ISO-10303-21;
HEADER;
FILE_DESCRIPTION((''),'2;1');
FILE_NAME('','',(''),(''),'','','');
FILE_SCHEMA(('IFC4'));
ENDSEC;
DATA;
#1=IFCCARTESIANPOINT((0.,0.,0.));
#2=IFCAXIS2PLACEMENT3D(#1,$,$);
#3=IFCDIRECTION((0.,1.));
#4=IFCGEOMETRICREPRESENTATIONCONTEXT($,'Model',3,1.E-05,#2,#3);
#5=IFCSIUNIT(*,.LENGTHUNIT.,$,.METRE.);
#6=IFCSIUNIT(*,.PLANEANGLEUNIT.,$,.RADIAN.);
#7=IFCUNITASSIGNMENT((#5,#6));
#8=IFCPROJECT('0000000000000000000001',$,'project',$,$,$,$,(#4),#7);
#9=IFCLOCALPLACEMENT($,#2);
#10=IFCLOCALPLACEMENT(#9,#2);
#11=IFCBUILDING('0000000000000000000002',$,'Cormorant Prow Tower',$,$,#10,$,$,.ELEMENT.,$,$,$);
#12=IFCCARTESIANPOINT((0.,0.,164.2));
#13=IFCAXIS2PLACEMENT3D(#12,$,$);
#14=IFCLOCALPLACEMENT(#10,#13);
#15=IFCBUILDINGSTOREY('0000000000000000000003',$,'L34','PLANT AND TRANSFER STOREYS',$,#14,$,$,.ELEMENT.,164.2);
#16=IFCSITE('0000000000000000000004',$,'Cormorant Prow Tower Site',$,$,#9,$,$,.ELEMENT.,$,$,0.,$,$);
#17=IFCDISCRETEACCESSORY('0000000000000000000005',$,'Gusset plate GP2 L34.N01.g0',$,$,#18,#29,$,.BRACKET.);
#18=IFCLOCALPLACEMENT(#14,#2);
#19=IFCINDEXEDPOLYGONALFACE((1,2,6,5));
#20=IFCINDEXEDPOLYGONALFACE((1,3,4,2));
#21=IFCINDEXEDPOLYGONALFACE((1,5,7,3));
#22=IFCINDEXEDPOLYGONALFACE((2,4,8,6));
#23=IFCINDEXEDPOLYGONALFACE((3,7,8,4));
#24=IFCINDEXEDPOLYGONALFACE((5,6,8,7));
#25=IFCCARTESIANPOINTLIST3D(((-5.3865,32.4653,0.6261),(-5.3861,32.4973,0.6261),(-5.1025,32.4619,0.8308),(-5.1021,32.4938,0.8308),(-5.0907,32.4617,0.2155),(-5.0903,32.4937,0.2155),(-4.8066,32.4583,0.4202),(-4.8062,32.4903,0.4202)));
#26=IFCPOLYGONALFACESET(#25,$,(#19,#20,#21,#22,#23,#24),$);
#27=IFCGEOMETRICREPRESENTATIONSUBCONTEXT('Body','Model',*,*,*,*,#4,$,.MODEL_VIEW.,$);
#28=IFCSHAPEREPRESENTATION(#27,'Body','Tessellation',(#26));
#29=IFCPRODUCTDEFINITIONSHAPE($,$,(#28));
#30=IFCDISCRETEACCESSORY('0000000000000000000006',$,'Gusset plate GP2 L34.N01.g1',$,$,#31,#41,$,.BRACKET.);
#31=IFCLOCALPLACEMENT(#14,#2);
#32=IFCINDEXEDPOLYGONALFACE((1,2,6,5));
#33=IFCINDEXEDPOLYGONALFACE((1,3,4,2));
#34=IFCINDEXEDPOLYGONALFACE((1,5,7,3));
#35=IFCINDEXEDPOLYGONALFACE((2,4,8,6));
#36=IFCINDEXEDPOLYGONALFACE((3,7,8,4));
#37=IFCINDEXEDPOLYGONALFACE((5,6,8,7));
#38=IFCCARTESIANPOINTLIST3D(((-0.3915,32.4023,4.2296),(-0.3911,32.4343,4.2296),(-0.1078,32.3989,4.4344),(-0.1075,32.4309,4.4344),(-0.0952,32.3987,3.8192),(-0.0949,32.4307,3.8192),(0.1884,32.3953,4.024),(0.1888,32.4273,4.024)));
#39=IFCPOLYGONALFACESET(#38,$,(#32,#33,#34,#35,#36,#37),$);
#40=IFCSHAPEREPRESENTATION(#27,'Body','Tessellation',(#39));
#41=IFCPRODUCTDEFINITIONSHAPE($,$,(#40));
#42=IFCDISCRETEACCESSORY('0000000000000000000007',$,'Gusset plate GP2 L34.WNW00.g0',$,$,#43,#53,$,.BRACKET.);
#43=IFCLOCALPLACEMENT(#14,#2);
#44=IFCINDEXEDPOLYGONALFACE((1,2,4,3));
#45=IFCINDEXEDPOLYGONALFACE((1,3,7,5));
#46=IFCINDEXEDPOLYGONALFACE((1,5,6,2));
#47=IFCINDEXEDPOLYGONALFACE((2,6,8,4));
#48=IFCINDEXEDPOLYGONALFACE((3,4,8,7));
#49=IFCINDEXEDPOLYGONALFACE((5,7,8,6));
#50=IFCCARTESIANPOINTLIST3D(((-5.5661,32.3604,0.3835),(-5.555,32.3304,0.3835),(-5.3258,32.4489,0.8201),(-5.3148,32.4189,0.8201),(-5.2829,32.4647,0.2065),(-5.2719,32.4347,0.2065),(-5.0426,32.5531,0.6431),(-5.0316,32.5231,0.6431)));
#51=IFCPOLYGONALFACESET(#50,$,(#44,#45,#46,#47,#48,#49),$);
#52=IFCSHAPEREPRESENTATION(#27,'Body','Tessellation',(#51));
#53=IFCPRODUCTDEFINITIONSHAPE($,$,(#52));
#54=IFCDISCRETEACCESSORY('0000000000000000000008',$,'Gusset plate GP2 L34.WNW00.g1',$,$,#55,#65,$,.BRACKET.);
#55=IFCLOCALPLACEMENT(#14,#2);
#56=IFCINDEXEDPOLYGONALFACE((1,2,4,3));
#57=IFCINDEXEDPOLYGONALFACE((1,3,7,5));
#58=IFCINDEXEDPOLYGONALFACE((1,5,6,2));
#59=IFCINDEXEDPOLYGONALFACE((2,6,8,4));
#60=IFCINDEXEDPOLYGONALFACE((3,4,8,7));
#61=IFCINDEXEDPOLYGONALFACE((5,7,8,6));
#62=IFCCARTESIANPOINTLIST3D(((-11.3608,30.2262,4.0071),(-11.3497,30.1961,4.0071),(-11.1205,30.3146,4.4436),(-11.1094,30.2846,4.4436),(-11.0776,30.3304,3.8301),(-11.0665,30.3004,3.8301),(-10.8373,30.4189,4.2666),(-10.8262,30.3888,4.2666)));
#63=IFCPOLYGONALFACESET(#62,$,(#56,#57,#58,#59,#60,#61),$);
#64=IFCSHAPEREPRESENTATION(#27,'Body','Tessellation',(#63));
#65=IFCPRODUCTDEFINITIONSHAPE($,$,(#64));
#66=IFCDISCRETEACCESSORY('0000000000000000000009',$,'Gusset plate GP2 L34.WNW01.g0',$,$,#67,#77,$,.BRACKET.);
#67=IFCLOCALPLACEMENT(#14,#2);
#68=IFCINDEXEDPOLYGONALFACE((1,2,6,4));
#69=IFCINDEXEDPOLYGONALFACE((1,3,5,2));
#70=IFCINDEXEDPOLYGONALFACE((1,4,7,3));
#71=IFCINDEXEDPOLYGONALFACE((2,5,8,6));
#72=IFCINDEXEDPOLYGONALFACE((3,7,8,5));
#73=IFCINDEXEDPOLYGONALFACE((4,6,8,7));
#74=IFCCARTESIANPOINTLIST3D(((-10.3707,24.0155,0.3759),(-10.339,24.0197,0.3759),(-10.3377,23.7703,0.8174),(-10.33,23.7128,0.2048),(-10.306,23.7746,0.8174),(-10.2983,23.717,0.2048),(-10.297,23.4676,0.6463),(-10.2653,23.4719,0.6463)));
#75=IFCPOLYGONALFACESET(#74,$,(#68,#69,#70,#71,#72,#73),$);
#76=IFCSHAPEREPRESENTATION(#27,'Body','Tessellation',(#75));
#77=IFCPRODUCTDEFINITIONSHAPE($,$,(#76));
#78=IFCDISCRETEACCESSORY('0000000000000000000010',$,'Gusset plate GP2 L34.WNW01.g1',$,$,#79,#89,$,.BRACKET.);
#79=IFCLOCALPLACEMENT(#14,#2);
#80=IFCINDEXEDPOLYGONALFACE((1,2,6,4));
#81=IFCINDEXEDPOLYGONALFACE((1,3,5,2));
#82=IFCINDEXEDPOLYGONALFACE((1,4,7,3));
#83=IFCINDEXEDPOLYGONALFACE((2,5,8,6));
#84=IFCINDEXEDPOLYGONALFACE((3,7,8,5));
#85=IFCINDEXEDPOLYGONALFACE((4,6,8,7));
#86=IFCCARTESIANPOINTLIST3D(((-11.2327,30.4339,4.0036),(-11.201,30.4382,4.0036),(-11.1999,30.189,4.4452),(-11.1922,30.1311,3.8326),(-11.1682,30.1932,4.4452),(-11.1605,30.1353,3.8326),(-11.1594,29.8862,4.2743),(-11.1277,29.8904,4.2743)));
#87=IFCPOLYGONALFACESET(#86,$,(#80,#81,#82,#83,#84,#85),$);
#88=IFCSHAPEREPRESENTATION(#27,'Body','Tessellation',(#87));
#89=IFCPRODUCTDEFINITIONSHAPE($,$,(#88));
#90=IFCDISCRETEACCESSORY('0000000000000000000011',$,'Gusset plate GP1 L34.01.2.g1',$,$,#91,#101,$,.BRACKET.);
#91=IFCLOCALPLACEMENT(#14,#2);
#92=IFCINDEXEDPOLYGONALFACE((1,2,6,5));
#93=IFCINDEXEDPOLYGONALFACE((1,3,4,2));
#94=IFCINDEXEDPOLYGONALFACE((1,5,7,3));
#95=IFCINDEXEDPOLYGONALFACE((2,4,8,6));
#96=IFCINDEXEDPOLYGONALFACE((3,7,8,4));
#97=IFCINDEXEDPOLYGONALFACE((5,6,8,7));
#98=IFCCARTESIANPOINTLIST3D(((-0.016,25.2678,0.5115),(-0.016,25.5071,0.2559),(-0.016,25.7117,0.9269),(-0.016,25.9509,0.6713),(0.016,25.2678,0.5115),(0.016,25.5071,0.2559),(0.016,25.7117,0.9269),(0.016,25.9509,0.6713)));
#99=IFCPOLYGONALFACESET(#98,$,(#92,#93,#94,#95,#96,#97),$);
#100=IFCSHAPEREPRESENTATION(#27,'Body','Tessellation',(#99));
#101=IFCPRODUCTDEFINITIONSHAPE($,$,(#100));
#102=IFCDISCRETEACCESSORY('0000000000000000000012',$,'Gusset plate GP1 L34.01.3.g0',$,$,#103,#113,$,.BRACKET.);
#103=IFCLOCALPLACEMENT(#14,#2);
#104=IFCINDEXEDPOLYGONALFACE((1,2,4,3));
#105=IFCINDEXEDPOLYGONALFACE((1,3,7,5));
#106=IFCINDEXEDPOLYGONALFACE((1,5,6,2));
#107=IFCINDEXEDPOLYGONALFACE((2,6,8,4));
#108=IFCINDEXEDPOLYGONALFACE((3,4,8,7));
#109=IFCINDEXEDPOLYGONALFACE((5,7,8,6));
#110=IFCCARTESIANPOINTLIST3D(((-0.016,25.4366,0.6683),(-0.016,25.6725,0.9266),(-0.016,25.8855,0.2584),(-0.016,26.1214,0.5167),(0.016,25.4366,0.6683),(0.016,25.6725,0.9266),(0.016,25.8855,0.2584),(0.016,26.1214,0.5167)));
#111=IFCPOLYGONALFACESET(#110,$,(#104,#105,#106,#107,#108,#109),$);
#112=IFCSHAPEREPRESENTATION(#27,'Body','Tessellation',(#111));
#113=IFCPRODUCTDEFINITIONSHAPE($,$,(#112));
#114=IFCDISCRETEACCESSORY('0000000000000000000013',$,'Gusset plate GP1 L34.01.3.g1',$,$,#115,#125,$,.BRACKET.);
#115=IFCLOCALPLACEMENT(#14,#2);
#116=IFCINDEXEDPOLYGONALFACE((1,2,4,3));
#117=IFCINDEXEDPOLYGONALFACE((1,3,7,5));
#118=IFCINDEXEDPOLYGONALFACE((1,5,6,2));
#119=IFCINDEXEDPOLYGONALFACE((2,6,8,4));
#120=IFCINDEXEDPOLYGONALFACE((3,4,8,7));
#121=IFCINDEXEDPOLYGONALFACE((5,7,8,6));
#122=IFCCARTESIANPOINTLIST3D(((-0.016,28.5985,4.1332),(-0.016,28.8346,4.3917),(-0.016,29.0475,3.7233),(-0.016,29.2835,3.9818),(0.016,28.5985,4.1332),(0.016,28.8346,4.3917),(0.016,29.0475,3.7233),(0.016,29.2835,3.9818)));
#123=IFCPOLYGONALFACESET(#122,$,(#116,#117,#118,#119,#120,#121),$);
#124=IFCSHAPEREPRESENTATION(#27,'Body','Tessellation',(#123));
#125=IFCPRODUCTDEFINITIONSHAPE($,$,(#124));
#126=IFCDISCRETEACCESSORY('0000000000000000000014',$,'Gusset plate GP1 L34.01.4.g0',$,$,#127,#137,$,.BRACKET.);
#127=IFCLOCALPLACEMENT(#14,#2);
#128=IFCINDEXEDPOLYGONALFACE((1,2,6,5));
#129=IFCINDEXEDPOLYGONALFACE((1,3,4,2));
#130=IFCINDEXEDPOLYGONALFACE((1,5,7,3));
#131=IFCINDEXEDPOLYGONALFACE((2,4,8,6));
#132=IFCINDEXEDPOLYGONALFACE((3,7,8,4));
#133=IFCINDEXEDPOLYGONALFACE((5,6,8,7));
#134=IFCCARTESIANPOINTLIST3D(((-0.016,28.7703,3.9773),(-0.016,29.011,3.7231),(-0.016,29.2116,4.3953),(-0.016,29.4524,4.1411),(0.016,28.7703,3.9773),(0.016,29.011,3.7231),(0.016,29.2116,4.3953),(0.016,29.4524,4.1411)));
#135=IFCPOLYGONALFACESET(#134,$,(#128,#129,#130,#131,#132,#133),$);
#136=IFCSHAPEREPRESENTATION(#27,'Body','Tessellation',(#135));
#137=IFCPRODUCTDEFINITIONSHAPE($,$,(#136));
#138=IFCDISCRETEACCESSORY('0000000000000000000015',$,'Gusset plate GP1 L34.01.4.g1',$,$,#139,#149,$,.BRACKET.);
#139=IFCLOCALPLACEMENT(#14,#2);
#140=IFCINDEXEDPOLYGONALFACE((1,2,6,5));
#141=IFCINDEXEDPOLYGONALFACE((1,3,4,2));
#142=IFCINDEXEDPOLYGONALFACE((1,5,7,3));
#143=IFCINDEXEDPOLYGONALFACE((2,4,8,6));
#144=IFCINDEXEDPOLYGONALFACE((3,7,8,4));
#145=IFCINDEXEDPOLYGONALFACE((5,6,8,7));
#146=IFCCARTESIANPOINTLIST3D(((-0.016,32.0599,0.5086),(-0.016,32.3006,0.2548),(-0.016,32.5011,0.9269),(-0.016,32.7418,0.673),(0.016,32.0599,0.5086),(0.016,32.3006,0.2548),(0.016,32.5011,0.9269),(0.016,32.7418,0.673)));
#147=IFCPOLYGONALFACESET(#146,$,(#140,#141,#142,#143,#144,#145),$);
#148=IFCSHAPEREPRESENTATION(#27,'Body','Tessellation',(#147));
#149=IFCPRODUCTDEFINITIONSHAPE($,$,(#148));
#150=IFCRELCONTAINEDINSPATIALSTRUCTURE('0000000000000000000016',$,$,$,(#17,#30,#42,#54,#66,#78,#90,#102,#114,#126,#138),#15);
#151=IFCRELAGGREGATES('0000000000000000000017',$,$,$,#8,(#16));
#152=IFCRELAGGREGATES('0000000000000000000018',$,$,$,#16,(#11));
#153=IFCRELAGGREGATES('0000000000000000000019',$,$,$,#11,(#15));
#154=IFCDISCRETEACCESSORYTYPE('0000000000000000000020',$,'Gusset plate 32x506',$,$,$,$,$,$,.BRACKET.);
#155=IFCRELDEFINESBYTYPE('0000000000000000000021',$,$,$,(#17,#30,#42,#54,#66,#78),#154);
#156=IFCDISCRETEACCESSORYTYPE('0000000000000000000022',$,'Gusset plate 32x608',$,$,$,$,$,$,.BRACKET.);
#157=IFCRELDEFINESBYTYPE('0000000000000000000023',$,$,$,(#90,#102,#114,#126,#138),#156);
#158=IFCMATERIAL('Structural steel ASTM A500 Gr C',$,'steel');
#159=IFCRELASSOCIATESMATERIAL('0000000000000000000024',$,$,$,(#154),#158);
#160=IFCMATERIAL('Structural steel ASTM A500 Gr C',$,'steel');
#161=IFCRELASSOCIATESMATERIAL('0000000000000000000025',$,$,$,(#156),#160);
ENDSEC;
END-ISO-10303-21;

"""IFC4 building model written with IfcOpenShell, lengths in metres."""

from ifc_helpers import new_model, si_unit, direction, frame, origin, origin_2d, place, context, subcontext, project, spatial, rectangle, extrude, material, material_profile, profile_set, type_object, element, save


model = new_model("IFC4")

# Units and contexts
model_context = context("Model", 3, precision=1e-05, world=origin(), true_north=direction((0.0, 1.0)))
body_context = subcontext(model_context, "Body", "Model", "MODEL_VIEW")
ifc_project = project(units=[si_unit("LENGTHUNIT", "METRE"), si_unit("PLANEANGLEUNIT", "RADIAN")], contexts=[model_context])

# Site, building, storey
site_placement = place(None, origin())
site = spatial("IfcSite", under=ifc_project, at=site_placement, Name="Cormorant Prow Tower Site", CompositionType="ELEMENT", RefElevation=0.0)
building_placement = place(site_placement, origin())
building = spatial("IfcBuilding", under=site, at=building_placement, Name="Cormorant Prow Tower", CompositionType="ELEMENT")
storey_placement = place(building_placement, frame((0.0, 0.0, 164.2)))
storey = spatial("IfcBuildingStorey", under=building, at=storey_placement, Name="L34", Description="PLANT AND TRANSFER STOREYS", CompositionType="ELEMENT", Elevation=164.2)

# Discrete accessories
ifc_material_1 = material(Name="Structural steel ASTM A500 Gr C", Category="steel")
ifc_material_profile_1 = material_profile(ifc_material_1, rectangle(XDim=0.032, YDim=0.5061, at=origin_2d()), Name="Gusset plate 32x506")
ifc_profile_set_1 = profile_set([ifc_material_profile_1], Name="Structural steel ASTM A500 Gr C")
discrete_accessory_type_1 = type_object("IfcDiscreteAccessoryType", Name="Gusset plate 32x506", PredefinedType="BRACKET", material=ifc_profile_set_1)
discrete_accessory_1_placement = place(storey_placement, frame((-4.9543, 32.4761, 0.6255), z_axis=(-0.811284, 0.009766, -0.584571), x_axis=(-0.012037, -0.999928, 0.0)))
element("IfcDiscreteAccessory", 1, at=discrete_accessory_1_placement, inside=storey, type_object=discrete_accessory_type_1, Name="Gusset plate GP2 L34.N01.g0", PredefinedType="BRACKET", context=body_context, shape_type="SweptSolid", body=[
    extrude(rectangle(XDim=0.032, YDim=0.5061, at=origin_2d()), origin(), (0.0, 0.0, 1.0), 0.3501),
])
for number, where, z_axis, x_axis, name in (
    (2, (-0.2432, 32.4165, 4.0244), (0.810714, -0.009768, 0.585361), (0.012047, 0.999927, 0.0), "Gusset plate GP2 L34.N01.g1"),
    (3, (-5.4404, 32.3896, 0.6018), (0.809478, 0.297972, -0.505924), (-0.345443, 0.93844, 0.0), "Gusset plate GP2 L34.WNW00.g0"),
    (4, (-10.9519, 30.3596, 4.0483), (-0.809478, -0.297972, 0.505924), (0.345443, -0.93844, 0.0), "Gusset plate GP2 L34.WNW00.g1"),
):
    element("IfcDiscreteAccessory", number, at=place(storey_placement, frame(where, z_axis=z_axis, x_axis=x_axis)), inside=storey, type_object=discrete_accessory_type_1, Name=name, PredefinedType="BRACKET", context=body_context, shape_type="SweptSolid", body=[
        extrude(rectangle(XDim=0.032, YDim=0.5061, at=origin_2d()), origin(), (0.0, 0.0, 1.0), 0.3499),
    ])
for number, where, z_axis, x_axis, name in (
    (5, (-10.3384, 23.895, 0.5967), (0.116442, -0.864602, -0.488779), (0.991053, 0.133472, 0.0), "Gusset plate GP2 L34.WNW01.g0"),
    (6, (-11.1599, 30.0107, 4.0535), (-0.115794, 0.864967, 0.488288), (-0.991158, -0.132687, 0.0), "Gusset plate GP2 L34.WNW01.g1"),
):
    element("IfcDiscreteAccessory", number, at=place(storey_placement, frame(where, z_axis=z_axis, x_axis=x_axis)), inside=storey, type_object=discrete_accessory_type_1, Name=name, PredefinedType="BRACKET", context=body_context, shape_type="SweptSolid", body=[
        extrude(rectangle(XDim=0.032, YDim=0.5061, at=origin_2d()), origin(), (0.0, 0.0, 1.0), 0.3501),
    ])
ifc_material_2 = material(Name="Structural steel ASTM A500 Gr C", Category="steel")
ifc_material_profile_2 = material_profile(ifc_material_2, rectangle(XDim=0.032, YDim=0.6079, at=origin_2d()), Name="Gusset plate 32x608")
ifc_profile_set_2 = profile_set([ifc_material_profile_2], Name="Structural steel ASTM A500 Gr C")
discrete_accessory_type_2 = type_object("IfcDiscreteAccessoryType", Name="Gusset plate 32x608", PredefinedType="BRACKET", material=ifc_profile_set_2)
discrete_accessory_2_placement = place(storey_placement, frame((0.0, 25.4897, 0.7192), z_axis=(0.0, 0.683361, -0.730081), x_axis=(-1.0, 0.0, 0.0)))
element("IfcDiscreteAccessory", 7, at=discrete_accessory_2_placement, inside=storey, type_object=discrete_accessory_type_2, Name="Gusset plate GP1 L34.01.2.g1", PredefinedType="BRACKET", context=body_context, shape_type="SweptSolid", body=[
    extrude(rectangle(XDim=0.032, YDim=0.6079, at=origin_2d()), origin(), (0.0, 0.0, 1.0), 0.3501),
])
discrete_accessory_3_placement = place(storey_placement, frame((0.0, 25.897, 0.7217), z_axis=(0.0, -0.674269, -0.738485), x_axis=(1.0, 0.0, 0.0)))
element("IfcDiscreteAccessory", 8, at=discrete_accessory_3_placement, inside=storey, type_object=discrete_accessory_type_2, Name="Gusset plate GP1 L34.01.3.g0", PredefinedType="BRACKET", context=body_context, shape_type="SweptSolid", body=[
    extrude(rectangle(XDim=0.032, YDim=0.6079, at=origin_2d()), origin(), (0.0, 0.0, 1.0), 0.3499),
])
for number, where, z_axis, x_axis, name in (
    (9, (0.0, 28.823, 3.9282), (0.0, 0.674302, 0.738455), (-1.0, 0.0, 0.0), "Gusset plate GP1 L34.01.3.g1"),
    (10, (0.0, 29.2317, 3.9321), (0.0, -0.687667, 0.726026), (1.0, 0.0, 0.0), "Gusset plate GP1 L34.01.4.g0"),
):
    element("IfcDiscreteAccessory", number, at=place(storey_placement, frame(where, z_axis=z_axis, x_axis=x_axis)), inside=storey, type_object=discrete_accessory_type_2, Name=name, PredefinedType="BRACKET", context=body_context, shape_type="SweptSolid", body=[
        extrude(rectangle(XDim=0.032, YDim=0.6079, at=origin_2d()), origin(), (0.0, 0.0, 1.0), 0.3501),
    ])
discrete_accessory_4_placement = place(storey_placement, frame((0.0, 32.2805, 0.7178), z_axis=(0.0, 0.688016, -0.725696), x_axis=(-1.0, 0.0, 0.0)))
element("IfcDiscreteAccessory", 11, at=discrete_accessory_4_placement, inside=storey, type_object=discrete_accessory_type_2, Name="Gusset plate GP1 L34.01.4.g1", PredefinedType="BRACKET", context=body_context, shape_type="SweptSolid", body=[
    extrude(rectangle(XDim=0.032, YDim=0.6079, at=origin_2d()), origin(), (0.0, 0.0, 1.0), 0.3499),
])

save(model, "model.ifc")
